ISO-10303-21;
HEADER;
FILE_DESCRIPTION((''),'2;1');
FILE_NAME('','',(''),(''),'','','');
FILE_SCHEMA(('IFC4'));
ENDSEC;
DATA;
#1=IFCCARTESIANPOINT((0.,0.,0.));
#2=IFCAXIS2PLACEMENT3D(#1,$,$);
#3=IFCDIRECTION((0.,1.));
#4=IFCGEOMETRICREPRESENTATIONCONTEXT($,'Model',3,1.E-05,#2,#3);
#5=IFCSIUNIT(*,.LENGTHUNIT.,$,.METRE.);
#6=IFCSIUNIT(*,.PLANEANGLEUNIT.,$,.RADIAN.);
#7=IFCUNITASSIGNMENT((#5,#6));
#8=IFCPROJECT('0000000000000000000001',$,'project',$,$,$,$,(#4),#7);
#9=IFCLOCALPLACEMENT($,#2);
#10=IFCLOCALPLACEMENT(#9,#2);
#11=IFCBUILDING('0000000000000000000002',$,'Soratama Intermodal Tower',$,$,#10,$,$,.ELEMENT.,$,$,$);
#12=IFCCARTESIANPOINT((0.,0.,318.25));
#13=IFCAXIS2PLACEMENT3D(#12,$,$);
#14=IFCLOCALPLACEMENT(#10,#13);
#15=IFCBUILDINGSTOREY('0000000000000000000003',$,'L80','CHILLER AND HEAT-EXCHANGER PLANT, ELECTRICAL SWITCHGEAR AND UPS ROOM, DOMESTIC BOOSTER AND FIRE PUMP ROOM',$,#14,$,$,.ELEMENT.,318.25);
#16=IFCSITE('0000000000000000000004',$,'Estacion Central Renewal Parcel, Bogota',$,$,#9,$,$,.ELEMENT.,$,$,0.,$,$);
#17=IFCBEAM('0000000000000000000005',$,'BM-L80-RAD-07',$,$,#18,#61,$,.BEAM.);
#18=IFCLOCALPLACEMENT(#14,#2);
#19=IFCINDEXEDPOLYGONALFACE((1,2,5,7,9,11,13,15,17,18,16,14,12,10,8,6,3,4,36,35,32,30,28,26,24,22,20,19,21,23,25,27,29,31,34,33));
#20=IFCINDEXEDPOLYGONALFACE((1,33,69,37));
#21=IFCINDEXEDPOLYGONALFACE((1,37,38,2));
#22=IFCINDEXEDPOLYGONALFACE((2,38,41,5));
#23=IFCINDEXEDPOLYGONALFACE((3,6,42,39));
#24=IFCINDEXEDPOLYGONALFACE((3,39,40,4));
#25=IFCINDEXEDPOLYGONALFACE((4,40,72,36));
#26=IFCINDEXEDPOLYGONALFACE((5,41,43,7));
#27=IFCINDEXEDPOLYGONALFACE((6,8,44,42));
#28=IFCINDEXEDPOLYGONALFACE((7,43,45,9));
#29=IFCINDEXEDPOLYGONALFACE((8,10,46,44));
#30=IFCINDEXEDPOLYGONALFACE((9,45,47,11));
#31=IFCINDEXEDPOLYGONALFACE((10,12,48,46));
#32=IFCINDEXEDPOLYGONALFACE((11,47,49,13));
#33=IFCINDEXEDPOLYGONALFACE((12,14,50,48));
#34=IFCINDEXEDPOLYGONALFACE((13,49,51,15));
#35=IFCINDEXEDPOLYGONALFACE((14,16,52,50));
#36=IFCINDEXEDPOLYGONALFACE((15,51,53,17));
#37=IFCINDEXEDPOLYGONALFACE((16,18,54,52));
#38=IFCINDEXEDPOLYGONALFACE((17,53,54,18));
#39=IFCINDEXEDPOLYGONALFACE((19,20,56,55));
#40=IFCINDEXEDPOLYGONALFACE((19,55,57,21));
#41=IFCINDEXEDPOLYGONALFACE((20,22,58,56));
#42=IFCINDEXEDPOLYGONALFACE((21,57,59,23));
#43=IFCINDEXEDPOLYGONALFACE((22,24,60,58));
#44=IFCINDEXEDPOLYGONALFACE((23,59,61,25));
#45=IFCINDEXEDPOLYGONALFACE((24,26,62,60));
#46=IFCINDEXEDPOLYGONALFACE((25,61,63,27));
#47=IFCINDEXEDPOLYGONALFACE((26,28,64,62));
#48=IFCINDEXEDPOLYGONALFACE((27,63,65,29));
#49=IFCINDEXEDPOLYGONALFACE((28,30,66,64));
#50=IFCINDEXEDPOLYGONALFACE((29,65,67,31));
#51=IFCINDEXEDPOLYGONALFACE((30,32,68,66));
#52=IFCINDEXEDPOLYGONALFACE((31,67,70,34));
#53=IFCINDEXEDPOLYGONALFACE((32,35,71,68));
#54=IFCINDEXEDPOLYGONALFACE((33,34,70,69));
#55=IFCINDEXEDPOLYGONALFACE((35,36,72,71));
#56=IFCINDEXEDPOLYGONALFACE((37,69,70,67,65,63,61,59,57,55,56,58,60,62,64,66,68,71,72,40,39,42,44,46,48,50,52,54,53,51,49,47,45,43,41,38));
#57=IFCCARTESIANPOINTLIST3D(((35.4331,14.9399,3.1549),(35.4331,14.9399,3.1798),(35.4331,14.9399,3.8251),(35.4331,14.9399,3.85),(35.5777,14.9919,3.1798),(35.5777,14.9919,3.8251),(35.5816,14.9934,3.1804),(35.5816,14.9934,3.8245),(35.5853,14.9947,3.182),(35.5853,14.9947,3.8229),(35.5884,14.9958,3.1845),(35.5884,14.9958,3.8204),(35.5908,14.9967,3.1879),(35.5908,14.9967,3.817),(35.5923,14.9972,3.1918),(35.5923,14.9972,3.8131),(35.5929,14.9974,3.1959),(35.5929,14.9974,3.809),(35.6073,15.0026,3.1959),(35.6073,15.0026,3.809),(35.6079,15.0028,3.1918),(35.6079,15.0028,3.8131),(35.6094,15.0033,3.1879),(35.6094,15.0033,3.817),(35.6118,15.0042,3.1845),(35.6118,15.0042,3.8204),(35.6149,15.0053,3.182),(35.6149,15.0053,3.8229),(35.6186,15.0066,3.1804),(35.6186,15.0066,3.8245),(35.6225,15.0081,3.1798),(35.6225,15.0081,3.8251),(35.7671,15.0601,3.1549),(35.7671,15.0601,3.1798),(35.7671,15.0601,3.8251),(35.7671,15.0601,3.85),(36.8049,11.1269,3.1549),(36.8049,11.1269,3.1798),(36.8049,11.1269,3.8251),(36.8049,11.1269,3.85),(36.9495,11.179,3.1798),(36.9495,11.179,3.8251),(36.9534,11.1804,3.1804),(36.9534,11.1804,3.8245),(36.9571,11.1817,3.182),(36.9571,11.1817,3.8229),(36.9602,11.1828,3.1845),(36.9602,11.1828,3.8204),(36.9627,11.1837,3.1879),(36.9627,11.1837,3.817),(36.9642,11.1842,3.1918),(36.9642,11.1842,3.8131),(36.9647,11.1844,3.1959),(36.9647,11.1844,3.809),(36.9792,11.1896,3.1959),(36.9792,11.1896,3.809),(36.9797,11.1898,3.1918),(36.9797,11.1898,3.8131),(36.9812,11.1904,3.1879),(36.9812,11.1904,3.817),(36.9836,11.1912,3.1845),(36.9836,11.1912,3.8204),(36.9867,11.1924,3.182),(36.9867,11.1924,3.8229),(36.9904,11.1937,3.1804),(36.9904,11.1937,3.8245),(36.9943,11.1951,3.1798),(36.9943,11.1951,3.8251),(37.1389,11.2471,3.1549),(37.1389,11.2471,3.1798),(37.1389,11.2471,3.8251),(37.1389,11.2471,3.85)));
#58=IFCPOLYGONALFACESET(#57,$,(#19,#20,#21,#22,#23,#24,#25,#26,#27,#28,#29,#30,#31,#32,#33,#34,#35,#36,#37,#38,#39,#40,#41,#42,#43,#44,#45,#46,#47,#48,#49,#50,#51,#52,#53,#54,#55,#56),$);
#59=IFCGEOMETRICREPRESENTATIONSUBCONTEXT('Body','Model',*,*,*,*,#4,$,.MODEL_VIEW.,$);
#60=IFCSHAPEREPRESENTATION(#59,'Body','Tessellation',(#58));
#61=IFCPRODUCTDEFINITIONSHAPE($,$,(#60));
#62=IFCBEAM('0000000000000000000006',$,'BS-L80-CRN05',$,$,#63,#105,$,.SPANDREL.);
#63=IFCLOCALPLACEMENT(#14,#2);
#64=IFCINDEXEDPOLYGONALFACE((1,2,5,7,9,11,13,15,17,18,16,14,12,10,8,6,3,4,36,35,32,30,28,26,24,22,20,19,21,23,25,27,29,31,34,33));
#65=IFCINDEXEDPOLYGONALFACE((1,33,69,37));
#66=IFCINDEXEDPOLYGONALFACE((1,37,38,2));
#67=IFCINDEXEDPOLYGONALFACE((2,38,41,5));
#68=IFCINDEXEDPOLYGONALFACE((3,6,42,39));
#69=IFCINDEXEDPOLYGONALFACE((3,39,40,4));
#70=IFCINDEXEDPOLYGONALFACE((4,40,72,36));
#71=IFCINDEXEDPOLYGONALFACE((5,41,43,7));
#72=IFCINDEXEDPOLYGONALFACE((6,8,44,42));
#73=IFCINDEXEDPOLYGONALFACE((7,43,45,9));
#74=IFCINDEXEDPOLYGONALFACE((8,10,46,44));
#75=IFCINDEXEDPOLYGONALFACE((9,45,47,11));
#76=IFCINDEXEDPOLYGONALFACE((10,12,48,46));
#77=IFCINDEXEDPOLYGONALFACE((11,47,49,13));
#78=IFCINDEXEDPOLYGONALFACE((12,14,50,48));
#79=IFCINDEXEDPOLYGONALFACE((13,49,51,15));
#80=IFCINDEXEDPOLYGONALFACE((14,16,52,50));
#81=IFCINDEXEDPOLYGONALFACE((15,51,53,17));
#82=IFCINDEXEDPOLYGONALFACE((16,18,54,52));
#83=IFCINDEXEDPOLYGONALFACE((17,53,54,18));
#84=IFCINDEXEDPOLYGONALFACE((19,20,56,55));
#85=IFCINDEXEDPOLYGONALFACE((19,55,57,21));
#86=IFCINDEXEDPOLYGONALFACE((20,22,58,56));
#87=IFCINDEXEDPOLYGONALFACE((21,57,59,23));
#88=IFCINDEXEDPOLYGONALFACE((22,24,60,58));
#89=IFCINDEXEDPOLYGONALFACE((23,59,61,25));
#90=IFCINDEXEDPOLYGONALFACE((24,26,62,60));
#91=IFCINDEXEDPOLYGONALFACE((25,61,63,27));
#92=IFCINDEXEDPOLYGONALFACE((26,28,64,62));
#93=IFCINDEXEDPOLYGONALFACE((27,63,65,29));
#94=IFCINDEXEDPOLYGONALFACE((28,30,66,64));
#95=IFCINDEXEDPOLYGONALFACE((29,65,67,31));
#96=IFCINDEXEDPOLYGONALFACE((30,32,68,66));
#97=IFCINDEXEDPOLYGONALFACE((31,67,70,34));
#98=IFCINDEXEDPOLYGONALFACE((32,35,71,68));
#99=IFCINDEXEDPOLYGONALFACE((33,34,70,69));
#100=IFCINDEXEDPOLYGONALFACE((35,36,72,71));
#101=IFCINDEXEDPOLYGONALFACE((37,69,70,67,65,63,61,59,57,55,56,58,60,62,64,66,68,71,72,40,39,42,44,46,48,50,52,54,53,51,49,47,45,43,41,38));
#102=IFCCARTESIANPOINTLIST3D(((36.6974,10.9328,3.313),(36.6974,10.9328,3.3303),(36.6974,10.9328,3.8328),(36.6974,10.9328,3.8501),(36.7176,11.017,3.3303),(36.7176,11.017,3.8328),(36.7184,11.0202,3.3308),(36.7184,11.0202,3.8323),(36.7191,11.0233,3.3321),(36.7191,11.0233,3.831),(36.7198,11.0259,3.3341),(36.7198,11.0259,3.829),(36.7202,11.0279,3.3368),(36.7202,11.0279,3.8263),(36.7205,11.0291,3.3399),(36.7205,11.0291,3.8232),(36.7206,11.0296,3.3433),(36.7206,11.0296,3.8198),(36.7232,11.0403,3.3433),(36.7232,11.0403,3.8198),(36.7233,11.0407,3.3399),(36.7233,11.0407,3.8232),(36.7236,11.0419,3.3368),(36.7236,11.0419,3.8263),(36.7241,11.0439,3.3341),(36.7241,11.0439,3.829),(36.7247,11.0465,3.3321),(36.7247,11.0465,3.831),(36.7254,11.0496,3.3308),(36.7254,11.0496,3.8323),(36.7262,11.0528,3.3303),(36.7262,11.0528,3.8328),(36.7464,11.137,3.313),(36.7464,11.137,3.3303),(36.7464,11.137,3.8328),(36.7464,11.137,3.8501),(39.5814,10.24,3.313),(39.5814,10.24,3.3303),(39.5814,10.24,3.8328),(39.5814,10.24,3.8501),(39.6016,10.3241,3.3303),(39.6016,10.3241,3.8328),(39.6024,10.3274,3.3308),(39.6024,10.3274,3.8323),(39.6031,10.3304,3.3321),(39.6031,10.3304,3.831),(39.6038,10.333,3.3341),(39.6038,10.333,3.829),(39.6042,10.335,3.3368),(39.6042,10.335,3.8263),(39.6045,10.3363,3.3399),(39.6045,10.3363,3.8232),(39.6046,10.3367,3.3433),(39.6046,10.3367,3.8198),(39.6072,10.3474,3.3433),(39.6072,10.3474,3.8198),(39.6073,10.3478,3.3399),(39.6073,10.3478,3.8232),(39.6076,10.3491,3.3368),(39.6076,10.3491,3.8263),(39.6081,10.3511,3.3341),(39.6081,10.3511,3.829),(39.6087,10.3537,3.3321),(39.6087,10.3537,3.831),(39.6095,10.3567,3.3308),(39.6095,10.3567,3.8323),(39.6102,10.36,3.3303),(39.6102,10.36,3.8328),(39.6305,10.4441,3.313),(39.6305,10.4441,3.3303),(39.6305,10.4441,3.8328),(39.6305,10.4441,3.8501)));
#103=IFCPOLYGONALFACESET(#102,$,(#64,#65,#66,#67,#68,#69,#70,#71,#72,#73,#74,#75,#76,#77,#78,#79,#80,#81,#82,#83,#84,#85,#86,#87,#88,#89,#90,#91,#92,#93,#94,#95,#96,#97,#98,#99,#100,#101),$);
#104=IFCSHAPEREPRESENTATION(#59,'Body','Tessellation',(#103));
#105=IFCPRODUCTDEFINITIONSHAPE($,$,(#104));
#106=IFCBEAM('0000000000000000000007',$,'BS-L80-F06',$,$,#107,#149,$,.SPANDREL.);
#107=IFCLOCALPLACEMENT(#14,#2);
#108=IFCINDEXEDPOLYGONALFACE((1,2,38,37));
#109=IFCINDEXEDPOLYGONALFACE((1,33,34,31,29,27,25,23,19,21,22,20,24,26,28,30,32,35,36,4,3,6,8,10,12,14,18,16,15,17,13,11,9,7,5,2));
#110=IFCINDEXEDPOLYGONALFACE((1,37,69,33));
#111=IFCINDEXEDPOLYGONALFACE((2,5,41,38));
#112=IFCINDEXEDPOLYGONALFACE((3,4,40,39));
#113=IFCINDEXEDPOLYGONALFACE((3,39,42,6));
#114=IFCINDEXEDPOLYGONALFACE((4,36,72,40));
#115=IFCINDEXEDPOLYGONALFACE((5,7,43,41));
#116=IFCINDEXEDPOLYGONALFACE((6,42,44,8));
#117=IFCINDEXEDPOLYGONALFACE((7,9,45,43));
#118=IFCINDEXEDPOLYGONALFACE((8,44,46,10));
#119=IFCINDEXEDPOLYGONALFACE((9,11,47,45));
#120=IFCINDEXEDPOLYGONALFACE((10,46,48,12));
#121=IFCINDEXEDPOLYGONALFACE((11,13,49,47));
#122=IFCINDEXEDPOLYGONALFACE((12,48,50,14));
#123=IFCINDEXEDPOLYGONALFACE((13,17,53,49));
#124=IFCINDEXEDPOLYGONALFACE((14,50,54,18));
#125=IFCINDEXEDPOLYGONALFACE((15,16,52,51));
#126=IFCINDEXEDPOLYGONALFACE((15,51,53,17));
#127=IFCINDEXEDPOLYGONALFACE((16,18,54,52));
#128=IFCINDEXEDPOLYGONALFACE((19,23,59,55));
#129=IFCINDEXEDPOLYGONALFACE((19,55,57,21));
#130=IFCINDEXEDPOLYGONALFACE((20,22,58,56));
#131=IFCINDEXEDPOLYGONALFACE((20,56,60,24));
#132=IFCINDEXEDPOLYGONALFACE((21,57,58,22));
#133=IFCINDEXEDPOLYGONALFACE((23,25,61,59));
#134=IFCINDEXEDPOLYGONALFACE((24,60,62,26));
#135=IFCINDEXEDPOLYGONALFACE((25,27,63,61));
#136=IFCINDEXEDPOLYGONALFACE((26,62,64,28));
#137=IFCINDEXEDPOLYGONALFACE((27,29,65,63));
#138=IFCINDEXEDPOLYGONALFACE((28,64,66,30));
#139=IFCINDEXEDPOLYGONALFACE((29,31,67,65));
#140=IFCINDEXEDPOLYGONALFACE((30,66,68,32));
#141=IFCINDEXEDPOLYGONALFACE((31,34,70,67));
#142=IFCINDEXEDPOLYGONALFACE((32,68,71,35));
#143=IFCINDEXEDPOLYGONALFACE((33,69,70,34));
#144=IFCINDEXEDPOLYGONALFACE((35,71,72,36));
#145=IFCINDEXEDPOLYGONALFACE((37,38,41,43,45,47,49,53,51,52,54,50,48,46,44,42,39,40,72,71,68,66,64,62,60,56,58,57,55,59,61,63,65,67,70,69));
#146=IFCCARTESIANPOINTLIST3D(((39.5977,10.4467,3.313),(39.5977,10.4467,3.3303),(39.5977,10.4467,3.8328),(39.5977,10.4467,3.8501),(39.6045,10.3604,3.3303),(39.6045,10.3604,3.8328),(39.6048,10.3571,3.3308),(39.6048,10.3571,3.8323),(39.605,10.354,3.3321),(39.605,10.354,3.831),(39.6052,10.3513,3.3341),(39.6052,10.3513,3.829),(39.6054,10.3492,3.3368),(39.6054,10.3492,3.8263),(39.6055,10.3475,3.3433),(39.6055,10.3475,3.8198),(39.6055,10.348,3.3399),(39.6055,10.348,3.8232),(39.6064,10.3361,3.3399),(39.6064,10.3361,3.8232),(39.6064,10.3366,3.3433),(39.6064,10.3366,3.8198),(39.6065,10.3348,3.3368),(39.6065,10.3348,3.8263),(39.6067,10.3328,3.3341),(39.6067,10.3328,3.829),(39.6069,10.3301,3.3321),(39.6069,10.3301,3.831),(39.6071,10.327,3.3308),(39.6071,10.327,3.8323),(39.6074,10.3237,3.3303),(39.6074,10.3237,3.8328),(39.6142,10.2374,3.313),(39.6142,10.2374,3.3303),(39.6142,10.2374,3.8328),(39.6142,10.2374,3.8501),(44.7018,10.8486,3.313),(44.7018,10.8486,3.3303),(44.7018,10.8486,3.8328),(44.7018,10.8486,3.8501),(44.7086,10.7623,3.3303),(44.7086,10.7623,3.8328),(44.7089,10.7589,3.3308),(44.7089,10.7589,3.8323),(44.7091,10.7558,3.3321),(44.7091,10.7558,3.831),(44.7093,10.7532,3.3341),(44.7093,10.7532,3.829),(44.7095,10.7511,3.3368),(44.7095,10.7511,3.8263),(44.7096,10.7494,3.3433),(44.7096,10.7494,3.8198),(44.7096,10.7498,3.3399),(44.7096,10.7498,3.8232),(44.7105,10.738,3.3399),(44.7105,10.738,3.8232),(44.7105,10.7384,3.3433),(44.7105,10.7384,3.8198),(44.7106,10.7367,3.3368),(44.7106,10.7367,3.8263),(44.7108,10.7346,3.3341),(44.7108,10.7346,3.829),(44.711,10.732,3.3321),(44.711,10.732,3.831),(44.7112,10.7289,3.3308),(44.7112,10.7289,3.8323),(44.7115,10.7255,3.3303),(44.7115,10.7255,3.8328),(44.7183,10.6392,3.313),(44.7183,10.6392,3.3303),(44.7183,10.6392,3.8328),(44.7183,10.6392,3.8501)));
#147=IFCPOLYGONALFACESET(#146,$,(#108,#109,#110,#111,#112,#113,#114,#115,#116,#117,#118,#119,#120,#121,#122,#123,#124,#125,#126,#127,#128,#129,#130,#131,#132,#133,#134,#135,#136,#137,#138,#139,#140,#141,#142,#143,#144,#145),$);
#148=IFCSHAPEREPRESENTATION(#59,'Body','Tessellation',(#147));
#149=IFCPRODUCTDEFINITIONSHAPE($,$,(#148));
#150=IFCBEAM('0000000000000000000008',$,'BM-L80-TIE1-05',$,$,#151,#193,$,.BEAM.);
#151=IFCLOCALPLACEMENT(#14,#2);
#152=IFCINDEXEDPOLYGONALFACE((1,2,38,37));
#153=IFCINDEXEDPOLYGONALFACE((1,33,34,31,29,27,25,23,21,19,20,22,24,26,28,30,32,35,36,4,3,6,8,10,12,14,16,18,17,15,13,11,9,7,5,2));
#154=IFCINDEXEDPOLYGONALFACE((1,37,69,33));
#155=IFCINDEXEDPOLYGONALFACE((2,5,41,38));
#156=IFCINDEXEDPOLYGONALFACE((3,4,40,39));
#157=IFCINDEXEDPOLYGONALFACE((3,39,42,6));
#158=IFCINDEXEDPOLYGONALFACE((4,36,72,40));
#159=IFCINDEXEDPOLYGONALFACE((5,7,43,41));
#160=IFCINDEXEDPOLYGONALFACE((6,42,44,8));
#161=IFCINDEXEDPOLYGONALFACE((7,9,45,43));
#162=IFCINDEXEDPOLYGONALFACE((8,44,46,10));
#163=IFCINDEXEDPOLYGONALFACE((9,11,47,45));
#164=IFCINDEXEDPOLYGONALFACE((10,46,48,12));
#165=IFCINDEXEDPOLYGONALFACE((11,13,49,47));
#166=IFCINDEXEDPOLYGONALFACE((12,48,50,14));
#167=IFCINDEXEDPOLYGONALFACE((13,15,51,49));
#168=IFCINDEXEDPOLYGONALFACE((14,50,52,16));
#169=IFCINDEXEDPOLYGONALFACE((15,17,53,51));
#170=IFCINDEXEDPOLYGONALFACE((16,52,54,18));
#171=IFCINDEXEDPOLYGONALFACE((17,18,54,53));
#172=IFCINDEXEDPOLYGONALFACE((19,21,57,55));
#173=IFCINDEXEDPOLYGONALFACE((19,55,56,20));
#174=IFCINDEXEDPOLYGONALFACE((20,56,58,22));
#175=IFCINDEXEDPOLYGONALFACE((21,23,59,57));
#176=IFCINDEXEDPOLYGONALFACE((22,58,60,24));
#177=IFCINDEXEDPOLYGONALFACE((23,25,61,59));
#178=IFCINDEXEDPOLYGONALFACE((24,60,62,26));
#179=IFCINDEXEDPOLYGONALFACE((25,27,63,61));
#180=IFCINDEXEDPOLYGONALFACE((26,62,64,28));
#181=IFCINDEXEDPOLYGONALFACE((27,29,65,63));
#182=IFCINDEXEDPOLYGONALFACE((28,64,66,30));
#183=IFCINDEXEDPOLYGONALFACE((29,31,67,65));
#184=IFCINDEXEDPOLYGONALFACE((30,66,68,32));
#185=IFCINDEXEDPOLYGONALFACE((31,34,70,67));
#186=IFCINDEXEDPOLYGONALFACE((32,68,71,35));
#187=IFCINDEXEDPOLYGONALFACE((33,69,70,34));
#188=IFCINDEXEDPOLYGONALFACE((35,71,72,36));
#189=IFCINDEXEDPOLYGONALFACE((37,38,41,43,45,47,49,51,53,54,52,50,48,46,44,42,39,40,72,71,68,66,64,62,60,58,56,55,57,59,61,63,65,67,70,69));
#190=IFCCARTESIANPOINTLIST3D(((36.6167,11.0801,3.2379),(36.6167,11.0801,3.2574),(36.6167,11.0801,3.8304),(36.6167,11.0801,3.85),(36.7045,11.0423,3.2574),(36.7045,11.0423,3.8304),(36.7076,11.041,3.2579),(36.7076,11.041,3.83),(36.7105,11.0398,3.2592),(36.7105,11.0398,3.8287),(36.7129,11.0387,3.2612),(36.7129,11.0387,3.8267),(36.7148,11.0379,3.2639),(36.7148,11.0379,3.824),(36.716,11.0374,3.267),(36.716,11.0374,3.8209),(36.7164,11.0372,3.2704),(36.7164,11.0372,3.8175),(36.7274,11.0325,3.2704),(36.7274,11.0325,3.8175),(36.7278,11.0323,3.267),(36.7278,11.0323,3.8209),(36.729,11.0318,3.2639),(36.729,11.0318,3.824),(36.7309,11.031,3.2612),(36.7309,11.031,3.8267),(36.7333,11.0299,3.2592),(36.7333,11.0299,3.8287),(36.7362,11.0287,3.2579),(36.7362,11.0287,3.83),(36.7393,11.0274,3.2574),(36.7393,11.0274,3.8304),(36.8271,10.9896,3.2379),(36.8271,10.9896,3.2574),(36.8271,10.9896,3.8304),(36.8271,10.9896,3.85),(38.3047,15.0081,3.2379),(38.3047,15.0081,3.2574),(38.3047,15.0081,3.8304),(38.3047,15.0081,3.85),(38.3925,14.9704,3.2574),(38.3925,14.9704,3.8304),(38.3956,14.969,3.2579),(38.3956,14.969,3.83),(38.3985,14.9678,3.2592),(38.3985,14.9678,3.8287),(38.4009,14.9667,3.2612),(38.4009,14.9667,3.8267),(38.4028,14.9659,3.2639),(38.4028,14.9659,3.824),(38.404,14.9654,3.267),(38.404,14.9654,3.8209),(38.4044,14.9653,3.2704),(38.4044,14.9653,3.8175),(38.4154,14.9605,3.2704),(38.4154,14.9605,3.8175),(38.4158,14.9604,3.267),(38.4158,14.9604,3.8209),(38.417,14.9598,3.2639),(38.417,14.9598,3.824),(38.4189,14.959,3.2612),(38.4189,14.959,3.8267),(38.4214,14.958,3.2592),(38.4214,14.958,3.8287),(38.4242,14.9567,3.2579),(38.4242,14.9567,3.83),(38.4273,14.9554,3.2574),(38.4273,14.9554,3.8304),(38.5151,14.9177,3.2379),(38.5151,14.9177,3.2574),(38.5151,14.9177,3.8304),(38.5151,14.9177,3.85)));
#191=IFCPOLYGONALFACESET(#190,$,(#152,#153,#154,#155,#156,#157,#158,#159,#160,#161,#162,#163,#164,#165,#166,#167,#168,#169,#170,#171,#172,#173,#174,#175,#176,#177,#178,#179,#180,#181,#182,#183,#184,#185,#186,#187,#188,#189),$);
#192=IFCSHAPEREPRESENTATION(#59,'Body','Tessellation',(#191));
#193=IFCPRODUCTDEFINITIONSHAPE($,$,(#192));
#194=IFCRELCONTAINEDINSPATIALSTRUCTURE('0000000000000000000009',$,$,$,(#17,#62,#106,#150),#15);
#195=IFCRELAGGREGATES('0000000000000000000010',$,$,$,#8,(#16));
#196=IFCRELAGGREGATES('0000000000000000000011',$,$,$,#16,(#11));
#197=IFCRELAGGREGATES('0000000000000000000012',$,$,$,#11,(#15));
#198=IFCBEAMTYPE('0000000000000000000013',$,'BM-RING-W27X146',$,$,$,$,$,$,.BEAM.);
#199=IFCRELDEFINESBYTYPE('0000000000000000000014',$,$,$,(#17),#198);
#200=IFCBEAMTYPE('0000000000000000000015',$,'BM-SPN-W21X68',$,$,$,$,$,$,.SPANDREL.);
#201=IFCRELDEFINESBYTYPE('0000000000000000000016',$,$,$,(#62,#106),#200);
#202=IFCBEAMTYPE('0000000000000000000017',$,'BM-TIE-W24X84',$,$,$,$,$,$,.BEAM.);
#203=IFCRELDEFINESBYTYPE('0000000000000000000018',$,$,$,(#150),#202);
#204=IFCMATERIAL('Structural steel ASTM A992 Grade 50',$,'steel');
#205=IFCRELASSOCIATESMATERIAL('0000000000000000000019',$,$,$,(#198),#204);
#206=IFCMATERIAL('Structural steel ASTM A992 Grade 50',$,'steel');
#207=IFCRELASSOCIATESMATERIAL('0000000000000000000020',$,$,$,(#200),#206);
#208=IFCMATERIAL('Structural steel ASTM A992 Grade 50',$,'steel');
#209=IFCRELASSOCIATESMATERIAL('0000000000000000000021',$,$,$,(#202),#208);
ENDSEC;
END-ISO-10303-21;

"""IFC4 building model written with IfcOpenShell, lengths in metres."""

from ifc_helpers import new_model, si_unit, direction, frame, origin, origin_2d, place, context, subcontext, project, spatial, i_section, extrude, material, material_profile, profile_set, type_object, element, save


model = new_model("IFC4")

# Units and contexts
model_context = context("Model", 3, precision=1e-05, world=origin(), true_north=direction((0.0, 1.0)))
body_context = subcontext(model_context, "Body", "Model", "MODEL_VIEW")
ifc_project = project(units=[si_unit("LENGTHUNIT", "METRE"), si_unit("PLANEANGLEUNIT", "RADIAN")], contexts=[model_context])

# Site, building, storey
site_placement = place(None, origin())
site = spatial("IfcSite", under=ifc_project, at=site_placement, Name="Estacion Central Renewal Parcel, Bogota", CompositionType="ELEMENT", RefElevation=0.0)
building_placement = place(site_placement, origin())
building = spatial("IfcBuilding", under=site, at=building_placement, Name="Soratama Intermodal Tower", CompositionType="ELEMENT")
storey_placement = place(building_placement, frame((0.0, 0.0, 318.25)))
storey = spatial("IfcBuildingStorey", under=building, at=storey_placement, Name="L80", Description="CHILLER AND HEAT-EXCHANGER PLANT, ELECTRICAL SWITCHGEAR AND UPS ROOM, DOMESTIC BOOSTER AND FIRE PUMP ROOM", CompositionType="ELEMENT", Elevation=318.25)

# Beams
ifc_material_1 = material(Name="Structural steel ASTM A992 Grade 50", Category="steel")
ifc_material_profile_1 = material_profile(ifc_material_1, i_section(OverallWidth=0.355, OverallDepth=0.6951, WebThickness=0.0154, FlangeThickness=0.0249, FilletRadius=0.0161, at=origin_2d()), Name="W27X146")
ifc_profile_set_1 = profile_set([ifc_material_profile_1], Name="Structural steel ASTM A992 Grade 50")
beam_type_1 = type_object("IfcBeamType", Name="BM-RING-W27X146", PredefinedType="BEAM", material=ifc_profile_set_1)
beam_1_placement = place(storey_placement, frame((35.6001, 15.0, 3.5024), z_axis=(0.338534, -0.940954, 0.0), x_axis=(0.940954, 0.338534, 0.0)))
element("IfcBeam", 1, at=beam_1_placement, inside=storey, type_object=beam_type_1, Name="BM-L80-RAD-07", PredefinedType="BEAM", context=body_context, shape_type="SweptSolid", body=[
    extrude(i_section(OverallWidth=0.355, OverallDepth=0.6951, WebThickness=0.0154, FlangeThickness=0.0249, FilletRadius=0.0161, at=origin_2d()), origin(), (0.0, 0.0, 1.0), 4.0522),
])
ifc_material_2 = material(Name="Structural steel ASTM A992 Grade 50", Category="steel")
ifc_material_profile_2 = material_profile(ifc_material_2, i_section(OverallWidth=0.21, OverallDepth=0.5371, WebThickness=0.011, FlangeThickness=0.0173, FilletRadius=0.0129, at=origin_2d()), Name="W21X68")
ifc_profile_set_2 = profile_set([ifc_material_profile_2], Name="Structural steel ASTM A992 Grade 50")
beam_type_2 = type_object("IfcBeamType", Name="BM-SPN-W21X68", PredefinedType="SPANDREL", material=ifc_profile_set_2)
beam_2_placement = place(storey_placement, frame((36.7219, 11.0349, 3.5815), z_axis=(0.972333, -0.233597, 0.0), x_axis=(0.233597, 0.972333, 0.0)))
element("IfcBeam", 2, at=beam_2_placement, inside=storey, type_object=beam_type_2, Name="BS-L80-CRN05", PredefinedType="SPANDREL", context=body_context, shape_type="SweptSolid", body=[
    extrude(i_section(OverallWidth=0.21, OverallDepth=0.5371, WebThickness=0.011, FlangeThickness=0.0173, FilletRadius=0.0129, at=origin_2d()), origin(), (0.0, 0.0, 1.0), 2.9661),
])
beam_3_placement = place(storey_placement, frame((39.606, 10.342, 3.5815), z_axis=(0.996915, 0.07849, 0.0), x_axis=(-0.07849, 0.996915, 0.0)))
element("IfcBeam", 3, at=beam_3_placement, inside=storey, type_object=beam_type_2, Name="BS-L80-F06", PredefinedType="SPANDREL", context=body_context, shape_type="SweptSolid", body=[
    extrude(i_section(OverallWidth=0.21, OverallDepth=0.5371, WebThickness=0.011, FlangeThickness=0.0173, FilletRadius=0.0129, at=origin_2d()), origin(), (0.0, 0.0, 1.0), 5.1199),
])
ifc_material_3 = material(Name="Structural steel ASTM A992 Grade 50", Category="steel")
ifc_material_profile_3 = material_profile(ifc_material_3, i_section(OverallWidth=0.229, OverallDepth=0.6121, WebThickness=0.012, FlangeThickness=0.0195, FilletRadius=0.0129, at=origin_2d()), Name="W24X84")
ifc_profile_set_3 = profile_set([ifc_material_profile_3], Name="Structural steel ASTM A992 Grade 50")
beam_type_3 = type_object("IfcBeamType", Name="BM-TIE-W24X84", PredefinedType="BEAM", material=ifc_profile_set_3)
beam_4_placement = place(storey_placement, frame((38.4099, 14.9629, 3.5439), z_axis=(-0.394822, -0.918758, 0.0), x_axis=(0.918758, -0.394822, 0.0)))
element("IfcBeam", 4, at=beam_4_placement, inside=storey, type_object=beam_type_3, Name="BM-L80-TIE1-05", PredefinedType="BEAM", context=body_context, shape_type="SweptSolid", body=[
    extrude(i_section(OverallWidth=0.229, OverallDepth=0.6121, WebThickness=0.012, FlangeThickness=0.0195, FilletRadius=0.0129, at=origin_2d()), origin(), (0.0, 0.0, 1.0), 4.2754),
])

save(model, "model.ifc")
